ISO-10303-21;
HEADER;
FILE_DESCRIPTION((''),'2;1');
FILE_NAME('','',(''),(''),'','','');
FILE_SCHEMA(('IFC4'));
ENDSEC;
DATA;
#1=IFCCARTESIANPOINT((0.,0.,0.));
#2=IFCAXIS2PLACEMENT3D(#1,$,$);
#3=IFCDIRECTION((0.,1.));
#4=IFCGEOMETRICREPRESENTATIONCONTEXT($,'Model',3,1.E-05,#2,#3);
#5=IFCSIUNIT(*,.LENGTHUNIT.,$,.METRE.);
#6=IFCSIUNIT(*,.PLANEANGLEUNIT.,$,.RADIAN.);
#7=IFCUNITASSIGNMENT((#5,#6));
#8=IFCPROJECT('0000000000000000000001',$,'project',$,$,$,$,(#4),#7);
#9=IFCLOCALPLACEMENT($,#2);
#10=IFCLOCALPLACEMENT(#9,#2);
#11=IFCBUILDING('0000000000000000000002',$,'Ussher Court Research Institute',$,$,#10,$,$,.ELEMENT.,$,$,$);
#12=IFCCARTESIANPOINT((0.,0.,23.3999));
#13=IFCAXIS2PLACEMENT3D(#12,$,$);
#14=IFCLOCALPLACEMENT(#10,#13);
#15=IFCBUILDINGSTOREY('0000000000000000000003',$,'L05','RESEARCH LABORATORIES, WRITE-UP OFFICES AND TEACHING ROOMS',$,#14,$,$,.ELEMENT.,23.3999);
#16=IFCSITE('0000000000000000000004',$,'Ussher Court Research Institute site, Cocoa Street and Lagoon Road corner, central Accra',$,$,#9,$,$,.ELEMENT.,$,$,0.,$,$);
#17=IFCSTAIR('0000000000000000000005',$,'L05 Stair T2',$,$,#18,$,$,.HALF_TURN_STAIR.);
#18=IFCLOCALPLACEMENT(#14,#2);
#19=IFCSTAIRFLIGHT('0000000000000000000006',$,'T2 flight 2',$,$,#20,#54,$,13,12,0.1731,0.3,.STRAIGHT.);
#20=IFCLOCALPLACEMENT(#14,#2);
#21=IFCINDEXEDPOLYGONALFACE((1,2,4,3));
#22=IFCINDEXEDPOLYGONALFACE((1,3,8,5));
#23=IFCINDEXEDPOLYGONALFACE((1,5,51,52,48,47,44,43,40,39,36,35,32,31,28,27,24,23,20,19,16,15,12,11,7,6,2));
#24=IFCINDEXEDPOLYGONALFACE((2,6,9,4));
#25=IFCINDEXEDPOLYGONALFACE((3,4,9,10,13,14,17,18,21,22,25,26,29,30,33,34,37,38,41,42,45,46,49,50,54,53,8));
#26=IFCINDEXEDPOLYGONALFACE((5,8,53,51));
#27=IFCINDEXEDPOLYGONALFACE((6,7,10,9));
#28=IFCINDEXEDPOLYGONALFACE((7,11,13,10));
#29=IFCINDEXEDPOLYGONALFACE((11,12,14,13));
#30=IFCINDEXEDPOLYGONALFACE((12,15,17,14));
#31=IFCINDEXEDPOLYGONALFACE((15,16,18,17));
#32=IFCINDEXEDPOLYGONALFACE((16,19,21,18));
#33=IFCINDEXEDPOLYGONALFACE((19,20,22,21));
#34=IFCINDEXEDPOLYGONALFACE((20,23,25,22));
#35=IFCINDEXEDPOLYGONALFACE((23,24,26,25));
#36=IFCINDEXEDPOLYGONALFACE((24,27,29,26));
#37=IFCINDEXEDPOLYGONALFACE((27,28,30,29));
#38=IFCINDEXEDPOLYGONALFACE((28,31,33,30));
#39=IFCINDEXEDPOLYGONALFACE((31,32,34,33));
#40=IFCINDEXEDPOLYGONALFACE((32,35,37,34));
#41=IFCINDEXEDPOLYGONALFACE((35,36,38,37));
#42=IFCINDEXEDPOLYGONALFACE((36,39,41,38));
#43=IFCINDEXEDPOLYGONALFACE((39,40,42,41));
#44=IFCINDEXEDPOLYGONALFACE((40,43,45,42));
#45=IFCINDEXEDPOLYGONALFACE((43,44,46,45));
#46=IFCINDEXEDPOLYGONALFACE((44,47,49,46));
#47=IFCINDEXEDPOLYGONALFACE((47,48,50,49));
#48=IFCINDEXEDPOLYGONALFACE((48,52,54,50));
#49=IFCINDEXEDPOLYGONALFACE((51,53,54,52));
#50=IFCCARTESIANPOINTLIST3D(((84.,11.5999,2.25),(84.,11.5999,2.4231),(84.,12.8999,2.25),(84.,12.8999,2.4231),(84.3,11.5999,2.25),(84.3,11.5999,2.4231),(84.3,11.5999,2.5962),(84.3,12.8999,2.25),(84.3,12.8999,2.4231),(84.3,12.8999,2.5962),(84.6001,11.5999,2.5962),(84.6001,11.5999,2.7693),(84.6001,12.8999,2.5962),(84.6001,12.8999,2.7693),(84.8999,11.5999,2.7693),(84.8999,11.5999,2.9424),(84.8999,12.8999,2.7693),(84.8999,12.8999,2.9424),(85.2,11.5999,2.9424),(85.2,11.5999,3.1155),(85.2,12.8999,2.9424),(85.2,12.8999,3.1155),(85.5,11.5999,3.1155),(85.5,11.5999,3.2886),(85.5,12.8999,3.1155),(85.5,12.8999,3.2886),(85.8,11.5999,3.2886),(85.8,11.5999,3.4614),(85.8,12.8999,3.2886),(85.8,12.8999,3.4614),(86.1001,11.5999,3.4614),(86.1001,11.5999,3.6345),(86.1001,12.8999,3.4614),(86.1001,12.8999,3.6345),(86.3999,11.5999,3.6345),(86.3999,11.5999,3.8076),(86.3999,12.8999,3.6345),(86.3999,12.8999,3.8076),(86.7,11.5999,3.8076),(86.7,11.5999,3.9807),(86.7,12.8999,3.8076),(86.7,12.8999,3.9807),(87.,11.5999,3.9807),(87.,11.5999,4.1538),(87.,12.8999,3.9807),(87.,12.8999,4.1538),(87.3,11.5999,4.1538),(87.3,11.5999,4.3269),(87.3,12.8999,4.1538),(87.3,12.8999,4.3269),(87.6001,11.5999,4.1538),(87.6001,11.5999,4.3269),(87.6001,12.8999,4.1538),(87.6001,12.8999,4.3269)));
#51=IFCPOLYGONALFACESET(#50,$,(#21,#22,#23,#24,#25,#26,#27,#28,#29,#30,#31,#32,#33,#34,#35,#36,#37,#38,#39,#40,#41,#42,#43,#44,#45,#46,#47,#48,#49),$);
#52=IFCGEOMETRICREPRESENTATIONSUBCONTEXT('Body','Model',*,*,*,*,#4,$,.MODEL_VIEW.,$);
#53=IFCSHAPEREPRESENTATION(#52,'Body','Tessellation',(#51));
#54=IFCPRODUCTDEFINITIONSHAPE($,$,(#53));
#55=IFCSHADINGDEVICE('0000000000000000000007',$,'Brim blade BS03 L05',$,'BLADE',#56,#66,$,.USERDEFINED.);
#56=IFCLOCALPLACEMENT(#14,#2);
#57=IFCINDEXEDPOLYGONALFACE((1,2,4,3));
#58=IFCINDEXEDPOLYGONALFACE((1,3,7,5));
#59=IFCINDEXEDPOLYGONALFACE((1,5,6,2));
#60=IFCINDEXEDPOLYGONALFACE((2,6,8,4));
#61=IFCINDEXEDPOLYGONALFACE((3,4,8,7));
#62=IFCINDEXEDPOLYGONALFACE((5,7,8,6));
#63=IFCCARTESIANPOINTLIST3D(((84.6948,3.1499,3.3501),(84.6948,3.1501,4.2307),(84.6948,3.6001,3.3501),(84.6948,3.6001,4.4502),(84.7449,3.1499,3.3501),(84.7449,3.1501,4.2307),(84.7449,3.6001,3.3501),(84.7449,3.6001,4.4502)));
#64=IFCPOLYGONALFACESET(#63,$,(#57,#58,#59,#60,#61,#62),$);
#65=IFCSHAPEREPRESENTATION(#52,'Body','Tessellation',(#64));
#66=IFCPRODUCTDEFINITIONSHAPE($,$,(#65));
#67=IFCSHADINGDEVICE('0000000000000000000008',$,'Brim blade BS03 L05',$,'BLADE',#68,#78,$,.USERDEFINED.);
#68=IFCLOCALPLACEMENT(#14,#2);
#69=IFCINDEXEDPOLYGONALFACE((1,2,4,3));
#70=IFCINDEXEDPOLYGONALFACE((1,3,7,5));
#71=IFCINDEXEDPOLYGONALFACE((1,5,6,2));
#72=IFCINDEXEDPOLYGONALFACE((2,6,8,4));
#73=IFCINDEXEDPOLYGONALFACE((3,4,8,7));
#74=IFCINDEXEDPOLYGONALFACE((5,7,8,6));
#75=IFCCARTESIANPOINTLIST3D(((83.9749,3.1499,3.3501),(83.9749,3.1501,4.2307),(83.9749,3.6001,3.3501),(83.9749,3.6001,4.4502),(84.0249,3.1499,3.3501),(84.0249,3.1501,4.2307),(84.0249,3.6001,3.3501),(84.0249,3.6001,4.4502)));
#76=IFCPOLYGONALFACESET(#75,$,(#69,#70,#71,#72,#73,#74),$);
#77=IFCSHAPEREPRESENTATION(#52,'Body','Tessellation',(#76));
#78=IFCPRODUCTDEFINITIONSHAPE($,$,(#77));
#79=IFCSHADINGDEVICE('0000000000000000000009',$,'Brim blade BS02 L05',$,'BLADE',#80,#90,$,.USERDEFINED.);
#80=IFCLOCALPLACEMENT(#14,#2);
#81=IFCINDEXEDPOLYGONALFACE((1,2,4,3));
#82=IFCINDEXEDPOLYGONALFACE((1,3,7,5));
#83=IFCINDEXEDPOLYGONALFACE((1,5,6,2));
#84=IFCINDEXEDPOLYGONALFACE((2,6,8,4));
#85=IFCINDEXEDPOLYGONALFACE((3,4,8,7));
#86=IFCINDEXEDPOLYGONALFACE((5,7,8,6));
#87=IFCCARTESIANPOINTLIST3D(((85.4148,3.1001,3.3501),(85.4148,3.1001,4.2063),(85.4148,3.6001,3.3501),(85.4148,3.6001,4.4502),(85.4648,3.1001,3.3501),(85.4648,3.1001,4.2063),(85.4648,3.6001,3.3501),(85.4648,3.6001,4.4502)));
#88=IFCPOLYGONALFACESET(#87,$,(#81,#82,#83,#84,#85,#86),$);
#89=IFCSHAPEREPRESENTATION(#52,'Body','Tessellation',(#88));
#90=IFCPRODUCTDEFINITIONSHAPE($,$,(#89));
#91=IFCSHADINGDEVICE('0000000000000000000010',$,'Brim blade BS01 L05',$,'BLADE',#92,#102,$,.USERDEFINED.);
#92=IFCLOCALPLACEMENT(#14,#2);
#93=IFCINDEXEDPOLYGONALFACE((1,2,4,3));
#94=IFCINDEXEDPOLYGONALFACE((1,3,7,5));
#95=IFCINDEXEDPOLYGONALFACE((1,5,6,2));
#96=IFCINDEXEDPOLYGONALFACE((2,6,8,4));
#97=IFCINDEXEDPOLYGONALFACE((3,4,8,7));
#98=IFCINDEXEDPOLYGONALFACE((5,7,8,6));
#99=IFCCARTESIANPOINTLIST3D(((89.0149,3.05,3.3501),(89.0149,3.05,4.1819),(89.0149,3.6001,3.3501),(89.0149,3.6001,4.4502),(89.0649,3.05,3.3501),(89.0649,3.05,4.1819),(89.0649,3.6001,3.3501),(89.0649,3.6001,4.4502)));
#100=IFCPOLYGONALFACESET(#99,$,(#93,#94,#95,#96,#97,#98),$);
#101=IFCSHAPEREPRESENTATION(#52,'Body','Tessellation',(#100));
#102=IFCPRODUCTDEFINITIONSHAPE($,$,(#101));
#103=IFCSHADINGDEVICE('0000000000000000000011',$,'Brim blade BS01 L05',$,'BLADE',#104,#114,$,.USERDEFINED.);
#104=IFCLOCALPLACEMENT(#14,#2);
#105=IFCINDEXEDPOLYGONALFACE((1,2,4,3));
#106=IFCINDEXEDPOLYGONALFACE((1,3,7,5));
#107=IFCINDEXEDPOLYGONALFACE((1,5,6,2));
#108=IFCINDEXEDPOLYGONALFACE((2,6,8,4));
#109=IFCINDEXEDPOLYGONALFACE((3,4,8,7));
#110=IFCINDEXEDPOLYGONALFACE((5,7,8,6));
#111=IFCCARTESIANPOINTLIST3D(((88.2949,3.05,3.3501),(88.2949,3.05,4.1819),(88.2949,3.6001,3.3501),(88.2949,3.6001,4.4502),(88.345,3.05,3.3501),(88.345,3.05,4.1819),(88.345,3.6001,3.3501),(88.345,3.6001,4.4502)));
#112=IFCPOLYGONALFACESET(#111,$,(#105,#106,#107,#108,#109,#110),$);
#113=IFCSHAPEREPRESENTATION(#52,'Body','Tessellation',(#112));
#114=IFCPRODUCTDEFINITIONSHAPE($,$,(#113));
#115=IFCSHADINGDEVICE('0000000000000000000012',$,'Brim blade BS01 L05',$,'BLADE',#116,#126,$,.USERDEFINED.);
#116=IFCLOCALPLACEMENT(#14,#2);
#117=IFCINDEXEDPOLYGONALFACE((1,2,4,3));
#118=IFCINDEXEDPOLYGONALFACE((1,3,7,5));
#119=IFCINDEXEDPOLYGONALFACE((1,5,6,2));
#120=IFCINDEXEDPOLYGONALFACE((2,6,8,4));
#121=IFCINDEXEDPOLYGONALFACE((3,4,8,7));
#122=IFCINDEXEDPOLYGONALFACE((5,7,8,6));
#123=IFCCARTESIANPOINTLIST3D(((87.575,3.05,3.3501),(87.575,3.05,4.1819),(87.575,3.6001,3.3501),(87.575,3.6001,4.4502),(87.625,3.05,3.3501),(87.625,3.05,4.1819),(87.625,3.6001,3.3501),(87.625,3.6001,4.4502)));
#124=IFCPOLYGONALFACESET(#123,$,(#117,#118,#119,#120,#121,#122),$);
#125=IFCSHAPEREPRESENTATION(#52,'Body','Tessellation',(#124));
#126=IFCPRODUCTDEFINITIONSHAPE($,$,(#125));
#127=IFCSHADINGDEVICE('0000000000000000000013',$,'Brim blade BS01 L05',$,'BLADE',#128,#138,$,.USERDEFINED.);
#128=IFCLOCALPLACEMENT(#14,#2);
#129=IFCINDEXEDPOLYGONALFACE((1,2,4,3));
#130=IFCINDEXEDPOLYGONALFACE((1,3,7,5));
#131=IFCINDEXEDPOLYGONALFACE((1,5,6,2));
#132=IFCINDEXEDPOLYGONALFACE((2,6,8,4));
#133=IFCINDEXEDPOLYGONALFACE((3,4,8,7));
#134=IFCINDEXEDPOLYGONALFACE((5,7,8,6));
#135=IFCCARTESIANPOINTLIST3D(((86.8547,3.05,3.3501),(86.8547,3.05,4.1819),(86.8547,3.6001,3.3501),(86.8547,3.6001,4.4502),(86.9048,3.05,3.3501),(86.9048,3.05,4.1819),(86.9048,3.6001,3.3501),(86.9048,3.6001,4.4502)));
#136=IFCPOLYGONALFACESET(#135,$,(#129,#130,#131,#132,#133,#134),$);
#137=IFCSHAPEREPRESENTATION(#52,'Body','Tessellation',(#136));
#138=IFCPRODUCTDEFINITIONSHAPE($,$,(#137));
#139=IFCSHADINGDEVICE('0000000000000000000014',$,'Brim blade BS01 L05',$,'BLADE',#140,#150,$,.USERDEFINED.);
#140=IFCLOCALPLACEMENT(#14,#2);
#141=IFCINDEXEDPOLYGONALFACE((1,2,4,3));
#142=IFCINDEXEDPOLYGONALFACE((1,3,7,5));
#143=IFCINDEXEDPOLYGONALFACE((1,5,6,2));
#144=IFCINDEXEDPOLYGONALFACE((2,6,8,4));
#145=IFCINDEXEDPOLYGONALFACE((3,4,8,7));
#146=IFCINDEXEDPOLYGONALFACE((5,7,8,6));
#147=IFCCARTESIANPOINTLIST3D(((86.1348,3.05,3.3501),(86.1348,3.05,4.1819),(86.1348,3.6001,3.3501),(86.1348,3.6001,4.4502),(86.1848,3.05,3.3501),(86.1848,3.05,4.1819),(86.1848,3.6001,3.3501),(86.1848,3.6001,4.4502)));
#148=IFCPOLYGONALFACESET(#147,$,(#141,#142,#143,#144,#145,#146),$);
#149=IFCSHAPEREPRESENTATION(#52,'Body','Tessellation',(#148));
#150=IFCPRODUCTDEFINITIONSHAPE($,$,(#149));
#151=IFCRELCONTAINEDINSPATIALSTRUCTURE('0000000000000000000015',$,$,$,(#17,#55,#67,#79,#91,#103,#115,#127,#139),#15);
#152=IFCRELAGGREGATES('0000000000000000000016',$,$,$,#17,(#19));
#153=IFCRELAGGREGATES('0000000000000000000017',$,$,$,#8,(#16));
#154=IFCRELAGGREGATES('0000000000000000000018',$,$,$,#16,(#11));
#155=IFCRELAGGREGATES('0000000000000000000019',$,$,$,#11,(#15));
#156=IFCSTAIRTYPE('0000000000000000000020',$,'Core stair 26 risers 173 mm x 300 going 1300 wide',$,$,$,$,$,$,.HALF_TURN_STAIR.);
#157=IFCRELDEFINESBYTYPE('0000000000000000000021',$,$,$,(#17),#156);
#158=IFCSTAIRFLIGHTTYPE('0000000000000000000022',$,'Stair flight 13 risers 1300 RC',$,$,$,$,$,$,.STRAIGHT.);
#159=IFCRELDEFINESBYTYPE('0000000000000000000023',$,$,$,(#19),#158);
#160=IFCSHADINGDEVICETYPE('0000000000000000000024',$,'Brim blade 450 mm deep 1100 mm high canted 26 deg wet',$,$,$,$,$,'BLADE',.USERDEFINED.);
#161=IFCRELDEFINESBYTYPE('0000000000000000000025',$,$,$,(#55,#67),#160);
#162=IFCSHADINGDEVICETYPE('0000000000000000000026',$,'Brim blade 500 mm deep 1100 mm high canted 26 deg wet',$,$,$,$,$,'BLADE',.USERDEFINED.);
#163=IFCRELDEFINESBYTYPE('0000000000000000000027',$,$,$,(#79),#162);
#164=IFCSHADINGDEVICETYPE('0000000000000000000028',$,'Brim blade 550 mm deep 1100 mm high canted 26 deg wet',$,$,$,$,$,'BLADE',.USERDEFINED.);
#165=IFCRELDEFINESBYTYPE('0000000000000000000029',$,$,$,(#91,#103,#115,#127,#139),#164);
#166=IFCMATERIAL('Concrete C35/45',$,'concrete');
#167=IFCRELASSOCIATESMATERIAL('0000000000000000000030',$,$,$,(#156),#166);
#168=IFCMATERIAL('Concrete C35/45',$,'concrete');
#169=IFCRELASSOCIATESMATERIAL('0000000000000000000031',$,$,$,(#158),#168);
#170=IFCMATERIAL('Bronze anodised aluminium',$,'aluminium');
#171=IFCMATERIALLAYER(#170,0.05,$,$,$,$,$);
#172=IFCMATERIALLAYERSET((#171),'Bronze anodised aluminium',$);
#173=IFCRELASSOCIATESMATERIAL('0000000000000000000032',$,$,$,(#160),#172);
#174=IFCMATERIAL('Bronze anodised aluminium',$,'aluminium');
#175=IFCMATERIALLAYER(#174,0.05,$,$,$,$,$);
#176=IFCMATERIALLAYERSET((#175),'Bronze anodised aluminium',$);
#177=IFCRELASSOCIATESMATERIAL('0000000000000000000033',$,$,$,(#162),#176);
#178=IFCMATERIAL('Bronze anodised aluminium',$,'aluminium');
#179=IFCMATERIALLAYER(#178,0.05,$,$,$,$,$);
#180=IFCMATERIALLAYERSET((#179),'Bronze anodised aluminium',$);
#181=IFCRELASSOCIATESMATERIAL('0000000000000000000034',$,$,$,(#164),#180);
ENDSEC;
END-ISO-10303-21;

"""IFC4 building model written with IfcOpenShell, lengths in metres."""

from ifc_helpers import new_model, si_unit, direction, frame, origin, place, context, subcontext, project, spatial, polyline, outline, extrude, material, layer, layer_set, type_object, element, aggregate, save


model = new_model("IFC4")

# Units and contexts
model_context = context("Model", 3, precision=1e-05, world=origin(), true_north=direction((0.0, 1.0)))
body_context = subcontext(model_context, "Body", "Model", "MODEL_VIEW")
ifc_project = project(units=[si_unit("LENGTHUNIT", "METRE"), si_unit("PLANEANGLEUNIT", "RADIAN")], contexts=[model_context])

# Site, building, storey
site_placement = place(None, origin())
site = spatial("IfcSite", under=ifc_project, at=site_placement, Name="Ussher Court Research Institute site, Cocoa Street and Lagoon Road corner, central Accra", CompositionType="ELEMENT", RefElevation=0.0)
building_placement = place(site_placement, origin())
building = spatial("IfcBuilding", under=site, at=building_placement, Name="Ussher Court Research Institute", CompositionType="ELEMENT")
storey_placement = place(building_placement, frame((0.0, 0.0, 23.3999)))
storey = spatial("IfcBuildingStorey", under=building, at=storey_placement, Name="L05", Description="RESEARCH LABORATORIES, WRITE-UP OFFICES AND TEACHING ROOMS", CompositionType="ELEMENT", Elevation=23.3999)

# Stair, stair flight
ifc_material_1 = material(Name="Concrete C35/45", Category="concrete")
stair_type = type_object("IfcStairType", Name="Core stair 26 risers 173 mm x 300 going 1300 wide", PredefinedType="HALF_TURN_STAIR", material=ifc_material_1)
stair_placement = place(storey_placement, origin())
stair = element("IfcStair", 1, at=stair_placement, inside=storey, type_object=stair_type, Name="L05 Stair T2", PredefinedType="HALF_TURN_STAIR")
ifc_material_2 = material(Name="Concrete C35/45", Category="concrete")
stair_flight_type = type_object("IfcStairFlightType", Name="Stair flight 13 risers 1300 RC", PredefinedType="STRAIGHT", material=ifc_material_2)
stair_flight_placement = place(storey_placement, frame((84.0, 12.25, 2.25), z_axis=(0.0, 0.0, 1.0), x_axis=(1.0, 0.0, 0.0)))
stair_flight = element("IfcStairFlight", 2, at=stair_flight_placement, type_object=stair_flight_type, Name="T2 flight 2", NumberOfRisers=13, NumberOfTreads=12, PredefinedType="STRAIGHT", RiserHeight=0.1731, TreadLength=0.3, context=body_context, shape_type="SweptSolid", body=[
    extrude(outline(polyline([(0.0, 0.0), (0.0, 0.1731), (0.3, 0.1731), (0.3, 0.3462), (0.6001, 0.3462), (0.6001, 0.5193), (0.8999, 0.5193), (0.8999, 0.6924), (1.2, 0.6924), (1.2, 0.8655), (1.5, 0.8655), (1.5, 1.0386), (1.8, 1.0386), (1.8, 1.2114), (2.1001, 1.2114), (2.1001, 1.3845), (2.3999, 1.3845), (2.3999, 1.5576), (2.7, 1.5576), (2.7, 1.7307), (3.0, 1.7307), (3.0, 1.9038), (3.3, 1.9038), (3.3, 2.0769), (3.6001, 2.0769), (3.6001, 2.25), (3.6001, 1.9038), (0.3, 0.0), (0.0, 0.0)])), frame((0.0, 0.6499, 0.0), z_axis=(0.0, -1.0, 0.0), x_axis=(1.0, 0.0, 0.0)), (0.0, 0.0, 1.0), 1.3),
])
aggregate(stair, [stair_flight])

# Shading devices
ifc_material_3 = material(Name="Bronze anodised aluminium", Category="aluminium")
ifc_layer_1 = layer(ifc_material_3, 0.05)
ifc_layer_set_1 = layer_set([ifc_layer_1], Name="Bronze anodised aluminium")
shading_device_type_1 = type_object("IfcShadingDeviceType", Name="Brim blade 450 mm deep 1100 mm high canted 26 deg wet", ElementType="BLADE", PredefinedType="USERDEFINED", material=ifc_layer_set_1)
for number, where, z_axis, x_axis, name in (
    (3, (84.72, 3.6001, 3.3501), (0.0, 0.0, 1.0), (0.0, -1.0, 0.0), "Brim blade BS03 L05"),
    (4, (84.0, 3.6001, 3.3501), (0.0, 0.0, 1.0), (0.0, -1.0, 0.0), "Brim blade BS03 L05"),
):
    element("IfcShadingDevice", number, at=place(storey_placement, frame(where, z_axis=z_axis, x_axis=x_axis)), inside=storey, type_object=shading_device_type_1, Name=name, ObjectType="BLADE", PredefinedType="USERDEFINED", context=body_context, shape_type="SweptSolid", body=[
        extrude(outline(polyline([(0.0, 0.0), (0.4502, 0.0), (0.45, 0.8806), (0.0, 1.1001), (0.0, 0.0)])), frame((0.0, 0.0249, 0.0), z_axis=(0.0, -1.0, 0.0), x_axis=(1.0, 0.0, 0.0)), (0.0, 0.0, 1.0), 0.05),
    ])
ifc_material_4 = material(Name="Bronze anodised aluminium", Category="aluminium")
ifc_layer_2 = layer(ifc_material_4, 0.05)
ifc_layer_set_2 = layer_set([ifc_layer_2], Name="Bronze anodised aluminium")
shading_device_type_2 = type_object("IfcShadingDeviceType", Name="Brim blade 500 mm deep 1100 mm high canted 26 deg wet", ElementType="BLADE", PredefinedType="USERDEFINED", material=ifc_layer_set_2)
shading_device_placement = place(storey_placement, frame((85.4399, 3.6001, 3.3501), z_axis=(0.0, 0.0, 1.0), x_axis=(0.0, -1.0, 0.0)))
element("IfcShadingDevice", 5, at=shading_device_placement, inside=storey, type_object=shading_device_type_2, Name="Brim blade BS02 L05", ObjectType="BLADE", PredefinedType="USERDEFINED", context=body_context, shape_type="SweptSolid", body=[
    extrude(outline(polyline([(0.0, 0.0), (0.5, 0.0), (0.5, 0.8562), (0.0, 1.1001), (0.0, 0.0)])), frame((0.0, 0.0249, 0.0), z_axis=(0.0, -1.0, 0.0), x_axis=(1.0, 0.0, 0.0)), (0.0, 0.0, 1.0), 0.05),
])
ifc_material_5 = material(Name="Bronze anodised aluminium", Category="aluminium")
ifc_layer_3 = layer(ifc_material_5, 0.05)
ifc_layer_set_3 = layer_set([ifc_layer_3], Name="Bronze anodised aluminium")
shading_device_type_3 = type_object("IfcShadingDeviceType", Name="Brim blade 550 mm deep 1100 mm high canted 26 deg wet", ElementType="BLADE", PredefinedType="USERDEFINED", material=ifc_layer_set_3)
for number, where, z_axis, x_axis, name in (
    (6, (89.04, 3.6001, 3.3501), (0.0, 0.0, 1.0), (0.0, -1.0, 0.0), "Brim blade BS01 L05"),
    (7, (88.3201, 3.6001, 3.3501), (0.0, 0.0, 1.0), (0.0, -1.0, 0.0), "Brim blade BS01 L05"),
    (8, (87.6001, 3.6001, 3.3501), (0.0, 0.0, 1.0), (0.0, -1.0, 0.0), "Brim blade BS01 L05"),
    (9, (86.8799, 3.6001, 3.3501), (0.0, 0.0, 1.0), (0.0, -1.0, 0.0), "Brim blade BS01 L05"),
    (10, (86.1599, 3.6001, 3.3501), (0.0, 0.0, 1.0), (0.0, -1.0, 0.0), "Brim blade BS01 L05"),
):
    element("IfcShadingDevice", number, at=place(storey_placement, frame(where, z_axis=z_axis, x_axis=x_axis)), inside=storey, type_object=shading_device_type_3, Name=name, ObjectType="BLADE", PredefinedType="USERDEFINED", context=body_context, shape_type="SweptSolid", body=[
        extrude(outline(polyline([(0.0, 0.0), (0.55, 0.0), (0.55, 0.8318), (0.0, 1.1001), (0.0, 0.0)])), frame((0.0, 0.0249, 0.0), z_axis=(0.0, -1.0, 0.0), x_axis=(1.0, 0.0, 0.0)), (0.0, 0.0, 1.0), 0.05),
    ])

save(model, "model.ifc")
